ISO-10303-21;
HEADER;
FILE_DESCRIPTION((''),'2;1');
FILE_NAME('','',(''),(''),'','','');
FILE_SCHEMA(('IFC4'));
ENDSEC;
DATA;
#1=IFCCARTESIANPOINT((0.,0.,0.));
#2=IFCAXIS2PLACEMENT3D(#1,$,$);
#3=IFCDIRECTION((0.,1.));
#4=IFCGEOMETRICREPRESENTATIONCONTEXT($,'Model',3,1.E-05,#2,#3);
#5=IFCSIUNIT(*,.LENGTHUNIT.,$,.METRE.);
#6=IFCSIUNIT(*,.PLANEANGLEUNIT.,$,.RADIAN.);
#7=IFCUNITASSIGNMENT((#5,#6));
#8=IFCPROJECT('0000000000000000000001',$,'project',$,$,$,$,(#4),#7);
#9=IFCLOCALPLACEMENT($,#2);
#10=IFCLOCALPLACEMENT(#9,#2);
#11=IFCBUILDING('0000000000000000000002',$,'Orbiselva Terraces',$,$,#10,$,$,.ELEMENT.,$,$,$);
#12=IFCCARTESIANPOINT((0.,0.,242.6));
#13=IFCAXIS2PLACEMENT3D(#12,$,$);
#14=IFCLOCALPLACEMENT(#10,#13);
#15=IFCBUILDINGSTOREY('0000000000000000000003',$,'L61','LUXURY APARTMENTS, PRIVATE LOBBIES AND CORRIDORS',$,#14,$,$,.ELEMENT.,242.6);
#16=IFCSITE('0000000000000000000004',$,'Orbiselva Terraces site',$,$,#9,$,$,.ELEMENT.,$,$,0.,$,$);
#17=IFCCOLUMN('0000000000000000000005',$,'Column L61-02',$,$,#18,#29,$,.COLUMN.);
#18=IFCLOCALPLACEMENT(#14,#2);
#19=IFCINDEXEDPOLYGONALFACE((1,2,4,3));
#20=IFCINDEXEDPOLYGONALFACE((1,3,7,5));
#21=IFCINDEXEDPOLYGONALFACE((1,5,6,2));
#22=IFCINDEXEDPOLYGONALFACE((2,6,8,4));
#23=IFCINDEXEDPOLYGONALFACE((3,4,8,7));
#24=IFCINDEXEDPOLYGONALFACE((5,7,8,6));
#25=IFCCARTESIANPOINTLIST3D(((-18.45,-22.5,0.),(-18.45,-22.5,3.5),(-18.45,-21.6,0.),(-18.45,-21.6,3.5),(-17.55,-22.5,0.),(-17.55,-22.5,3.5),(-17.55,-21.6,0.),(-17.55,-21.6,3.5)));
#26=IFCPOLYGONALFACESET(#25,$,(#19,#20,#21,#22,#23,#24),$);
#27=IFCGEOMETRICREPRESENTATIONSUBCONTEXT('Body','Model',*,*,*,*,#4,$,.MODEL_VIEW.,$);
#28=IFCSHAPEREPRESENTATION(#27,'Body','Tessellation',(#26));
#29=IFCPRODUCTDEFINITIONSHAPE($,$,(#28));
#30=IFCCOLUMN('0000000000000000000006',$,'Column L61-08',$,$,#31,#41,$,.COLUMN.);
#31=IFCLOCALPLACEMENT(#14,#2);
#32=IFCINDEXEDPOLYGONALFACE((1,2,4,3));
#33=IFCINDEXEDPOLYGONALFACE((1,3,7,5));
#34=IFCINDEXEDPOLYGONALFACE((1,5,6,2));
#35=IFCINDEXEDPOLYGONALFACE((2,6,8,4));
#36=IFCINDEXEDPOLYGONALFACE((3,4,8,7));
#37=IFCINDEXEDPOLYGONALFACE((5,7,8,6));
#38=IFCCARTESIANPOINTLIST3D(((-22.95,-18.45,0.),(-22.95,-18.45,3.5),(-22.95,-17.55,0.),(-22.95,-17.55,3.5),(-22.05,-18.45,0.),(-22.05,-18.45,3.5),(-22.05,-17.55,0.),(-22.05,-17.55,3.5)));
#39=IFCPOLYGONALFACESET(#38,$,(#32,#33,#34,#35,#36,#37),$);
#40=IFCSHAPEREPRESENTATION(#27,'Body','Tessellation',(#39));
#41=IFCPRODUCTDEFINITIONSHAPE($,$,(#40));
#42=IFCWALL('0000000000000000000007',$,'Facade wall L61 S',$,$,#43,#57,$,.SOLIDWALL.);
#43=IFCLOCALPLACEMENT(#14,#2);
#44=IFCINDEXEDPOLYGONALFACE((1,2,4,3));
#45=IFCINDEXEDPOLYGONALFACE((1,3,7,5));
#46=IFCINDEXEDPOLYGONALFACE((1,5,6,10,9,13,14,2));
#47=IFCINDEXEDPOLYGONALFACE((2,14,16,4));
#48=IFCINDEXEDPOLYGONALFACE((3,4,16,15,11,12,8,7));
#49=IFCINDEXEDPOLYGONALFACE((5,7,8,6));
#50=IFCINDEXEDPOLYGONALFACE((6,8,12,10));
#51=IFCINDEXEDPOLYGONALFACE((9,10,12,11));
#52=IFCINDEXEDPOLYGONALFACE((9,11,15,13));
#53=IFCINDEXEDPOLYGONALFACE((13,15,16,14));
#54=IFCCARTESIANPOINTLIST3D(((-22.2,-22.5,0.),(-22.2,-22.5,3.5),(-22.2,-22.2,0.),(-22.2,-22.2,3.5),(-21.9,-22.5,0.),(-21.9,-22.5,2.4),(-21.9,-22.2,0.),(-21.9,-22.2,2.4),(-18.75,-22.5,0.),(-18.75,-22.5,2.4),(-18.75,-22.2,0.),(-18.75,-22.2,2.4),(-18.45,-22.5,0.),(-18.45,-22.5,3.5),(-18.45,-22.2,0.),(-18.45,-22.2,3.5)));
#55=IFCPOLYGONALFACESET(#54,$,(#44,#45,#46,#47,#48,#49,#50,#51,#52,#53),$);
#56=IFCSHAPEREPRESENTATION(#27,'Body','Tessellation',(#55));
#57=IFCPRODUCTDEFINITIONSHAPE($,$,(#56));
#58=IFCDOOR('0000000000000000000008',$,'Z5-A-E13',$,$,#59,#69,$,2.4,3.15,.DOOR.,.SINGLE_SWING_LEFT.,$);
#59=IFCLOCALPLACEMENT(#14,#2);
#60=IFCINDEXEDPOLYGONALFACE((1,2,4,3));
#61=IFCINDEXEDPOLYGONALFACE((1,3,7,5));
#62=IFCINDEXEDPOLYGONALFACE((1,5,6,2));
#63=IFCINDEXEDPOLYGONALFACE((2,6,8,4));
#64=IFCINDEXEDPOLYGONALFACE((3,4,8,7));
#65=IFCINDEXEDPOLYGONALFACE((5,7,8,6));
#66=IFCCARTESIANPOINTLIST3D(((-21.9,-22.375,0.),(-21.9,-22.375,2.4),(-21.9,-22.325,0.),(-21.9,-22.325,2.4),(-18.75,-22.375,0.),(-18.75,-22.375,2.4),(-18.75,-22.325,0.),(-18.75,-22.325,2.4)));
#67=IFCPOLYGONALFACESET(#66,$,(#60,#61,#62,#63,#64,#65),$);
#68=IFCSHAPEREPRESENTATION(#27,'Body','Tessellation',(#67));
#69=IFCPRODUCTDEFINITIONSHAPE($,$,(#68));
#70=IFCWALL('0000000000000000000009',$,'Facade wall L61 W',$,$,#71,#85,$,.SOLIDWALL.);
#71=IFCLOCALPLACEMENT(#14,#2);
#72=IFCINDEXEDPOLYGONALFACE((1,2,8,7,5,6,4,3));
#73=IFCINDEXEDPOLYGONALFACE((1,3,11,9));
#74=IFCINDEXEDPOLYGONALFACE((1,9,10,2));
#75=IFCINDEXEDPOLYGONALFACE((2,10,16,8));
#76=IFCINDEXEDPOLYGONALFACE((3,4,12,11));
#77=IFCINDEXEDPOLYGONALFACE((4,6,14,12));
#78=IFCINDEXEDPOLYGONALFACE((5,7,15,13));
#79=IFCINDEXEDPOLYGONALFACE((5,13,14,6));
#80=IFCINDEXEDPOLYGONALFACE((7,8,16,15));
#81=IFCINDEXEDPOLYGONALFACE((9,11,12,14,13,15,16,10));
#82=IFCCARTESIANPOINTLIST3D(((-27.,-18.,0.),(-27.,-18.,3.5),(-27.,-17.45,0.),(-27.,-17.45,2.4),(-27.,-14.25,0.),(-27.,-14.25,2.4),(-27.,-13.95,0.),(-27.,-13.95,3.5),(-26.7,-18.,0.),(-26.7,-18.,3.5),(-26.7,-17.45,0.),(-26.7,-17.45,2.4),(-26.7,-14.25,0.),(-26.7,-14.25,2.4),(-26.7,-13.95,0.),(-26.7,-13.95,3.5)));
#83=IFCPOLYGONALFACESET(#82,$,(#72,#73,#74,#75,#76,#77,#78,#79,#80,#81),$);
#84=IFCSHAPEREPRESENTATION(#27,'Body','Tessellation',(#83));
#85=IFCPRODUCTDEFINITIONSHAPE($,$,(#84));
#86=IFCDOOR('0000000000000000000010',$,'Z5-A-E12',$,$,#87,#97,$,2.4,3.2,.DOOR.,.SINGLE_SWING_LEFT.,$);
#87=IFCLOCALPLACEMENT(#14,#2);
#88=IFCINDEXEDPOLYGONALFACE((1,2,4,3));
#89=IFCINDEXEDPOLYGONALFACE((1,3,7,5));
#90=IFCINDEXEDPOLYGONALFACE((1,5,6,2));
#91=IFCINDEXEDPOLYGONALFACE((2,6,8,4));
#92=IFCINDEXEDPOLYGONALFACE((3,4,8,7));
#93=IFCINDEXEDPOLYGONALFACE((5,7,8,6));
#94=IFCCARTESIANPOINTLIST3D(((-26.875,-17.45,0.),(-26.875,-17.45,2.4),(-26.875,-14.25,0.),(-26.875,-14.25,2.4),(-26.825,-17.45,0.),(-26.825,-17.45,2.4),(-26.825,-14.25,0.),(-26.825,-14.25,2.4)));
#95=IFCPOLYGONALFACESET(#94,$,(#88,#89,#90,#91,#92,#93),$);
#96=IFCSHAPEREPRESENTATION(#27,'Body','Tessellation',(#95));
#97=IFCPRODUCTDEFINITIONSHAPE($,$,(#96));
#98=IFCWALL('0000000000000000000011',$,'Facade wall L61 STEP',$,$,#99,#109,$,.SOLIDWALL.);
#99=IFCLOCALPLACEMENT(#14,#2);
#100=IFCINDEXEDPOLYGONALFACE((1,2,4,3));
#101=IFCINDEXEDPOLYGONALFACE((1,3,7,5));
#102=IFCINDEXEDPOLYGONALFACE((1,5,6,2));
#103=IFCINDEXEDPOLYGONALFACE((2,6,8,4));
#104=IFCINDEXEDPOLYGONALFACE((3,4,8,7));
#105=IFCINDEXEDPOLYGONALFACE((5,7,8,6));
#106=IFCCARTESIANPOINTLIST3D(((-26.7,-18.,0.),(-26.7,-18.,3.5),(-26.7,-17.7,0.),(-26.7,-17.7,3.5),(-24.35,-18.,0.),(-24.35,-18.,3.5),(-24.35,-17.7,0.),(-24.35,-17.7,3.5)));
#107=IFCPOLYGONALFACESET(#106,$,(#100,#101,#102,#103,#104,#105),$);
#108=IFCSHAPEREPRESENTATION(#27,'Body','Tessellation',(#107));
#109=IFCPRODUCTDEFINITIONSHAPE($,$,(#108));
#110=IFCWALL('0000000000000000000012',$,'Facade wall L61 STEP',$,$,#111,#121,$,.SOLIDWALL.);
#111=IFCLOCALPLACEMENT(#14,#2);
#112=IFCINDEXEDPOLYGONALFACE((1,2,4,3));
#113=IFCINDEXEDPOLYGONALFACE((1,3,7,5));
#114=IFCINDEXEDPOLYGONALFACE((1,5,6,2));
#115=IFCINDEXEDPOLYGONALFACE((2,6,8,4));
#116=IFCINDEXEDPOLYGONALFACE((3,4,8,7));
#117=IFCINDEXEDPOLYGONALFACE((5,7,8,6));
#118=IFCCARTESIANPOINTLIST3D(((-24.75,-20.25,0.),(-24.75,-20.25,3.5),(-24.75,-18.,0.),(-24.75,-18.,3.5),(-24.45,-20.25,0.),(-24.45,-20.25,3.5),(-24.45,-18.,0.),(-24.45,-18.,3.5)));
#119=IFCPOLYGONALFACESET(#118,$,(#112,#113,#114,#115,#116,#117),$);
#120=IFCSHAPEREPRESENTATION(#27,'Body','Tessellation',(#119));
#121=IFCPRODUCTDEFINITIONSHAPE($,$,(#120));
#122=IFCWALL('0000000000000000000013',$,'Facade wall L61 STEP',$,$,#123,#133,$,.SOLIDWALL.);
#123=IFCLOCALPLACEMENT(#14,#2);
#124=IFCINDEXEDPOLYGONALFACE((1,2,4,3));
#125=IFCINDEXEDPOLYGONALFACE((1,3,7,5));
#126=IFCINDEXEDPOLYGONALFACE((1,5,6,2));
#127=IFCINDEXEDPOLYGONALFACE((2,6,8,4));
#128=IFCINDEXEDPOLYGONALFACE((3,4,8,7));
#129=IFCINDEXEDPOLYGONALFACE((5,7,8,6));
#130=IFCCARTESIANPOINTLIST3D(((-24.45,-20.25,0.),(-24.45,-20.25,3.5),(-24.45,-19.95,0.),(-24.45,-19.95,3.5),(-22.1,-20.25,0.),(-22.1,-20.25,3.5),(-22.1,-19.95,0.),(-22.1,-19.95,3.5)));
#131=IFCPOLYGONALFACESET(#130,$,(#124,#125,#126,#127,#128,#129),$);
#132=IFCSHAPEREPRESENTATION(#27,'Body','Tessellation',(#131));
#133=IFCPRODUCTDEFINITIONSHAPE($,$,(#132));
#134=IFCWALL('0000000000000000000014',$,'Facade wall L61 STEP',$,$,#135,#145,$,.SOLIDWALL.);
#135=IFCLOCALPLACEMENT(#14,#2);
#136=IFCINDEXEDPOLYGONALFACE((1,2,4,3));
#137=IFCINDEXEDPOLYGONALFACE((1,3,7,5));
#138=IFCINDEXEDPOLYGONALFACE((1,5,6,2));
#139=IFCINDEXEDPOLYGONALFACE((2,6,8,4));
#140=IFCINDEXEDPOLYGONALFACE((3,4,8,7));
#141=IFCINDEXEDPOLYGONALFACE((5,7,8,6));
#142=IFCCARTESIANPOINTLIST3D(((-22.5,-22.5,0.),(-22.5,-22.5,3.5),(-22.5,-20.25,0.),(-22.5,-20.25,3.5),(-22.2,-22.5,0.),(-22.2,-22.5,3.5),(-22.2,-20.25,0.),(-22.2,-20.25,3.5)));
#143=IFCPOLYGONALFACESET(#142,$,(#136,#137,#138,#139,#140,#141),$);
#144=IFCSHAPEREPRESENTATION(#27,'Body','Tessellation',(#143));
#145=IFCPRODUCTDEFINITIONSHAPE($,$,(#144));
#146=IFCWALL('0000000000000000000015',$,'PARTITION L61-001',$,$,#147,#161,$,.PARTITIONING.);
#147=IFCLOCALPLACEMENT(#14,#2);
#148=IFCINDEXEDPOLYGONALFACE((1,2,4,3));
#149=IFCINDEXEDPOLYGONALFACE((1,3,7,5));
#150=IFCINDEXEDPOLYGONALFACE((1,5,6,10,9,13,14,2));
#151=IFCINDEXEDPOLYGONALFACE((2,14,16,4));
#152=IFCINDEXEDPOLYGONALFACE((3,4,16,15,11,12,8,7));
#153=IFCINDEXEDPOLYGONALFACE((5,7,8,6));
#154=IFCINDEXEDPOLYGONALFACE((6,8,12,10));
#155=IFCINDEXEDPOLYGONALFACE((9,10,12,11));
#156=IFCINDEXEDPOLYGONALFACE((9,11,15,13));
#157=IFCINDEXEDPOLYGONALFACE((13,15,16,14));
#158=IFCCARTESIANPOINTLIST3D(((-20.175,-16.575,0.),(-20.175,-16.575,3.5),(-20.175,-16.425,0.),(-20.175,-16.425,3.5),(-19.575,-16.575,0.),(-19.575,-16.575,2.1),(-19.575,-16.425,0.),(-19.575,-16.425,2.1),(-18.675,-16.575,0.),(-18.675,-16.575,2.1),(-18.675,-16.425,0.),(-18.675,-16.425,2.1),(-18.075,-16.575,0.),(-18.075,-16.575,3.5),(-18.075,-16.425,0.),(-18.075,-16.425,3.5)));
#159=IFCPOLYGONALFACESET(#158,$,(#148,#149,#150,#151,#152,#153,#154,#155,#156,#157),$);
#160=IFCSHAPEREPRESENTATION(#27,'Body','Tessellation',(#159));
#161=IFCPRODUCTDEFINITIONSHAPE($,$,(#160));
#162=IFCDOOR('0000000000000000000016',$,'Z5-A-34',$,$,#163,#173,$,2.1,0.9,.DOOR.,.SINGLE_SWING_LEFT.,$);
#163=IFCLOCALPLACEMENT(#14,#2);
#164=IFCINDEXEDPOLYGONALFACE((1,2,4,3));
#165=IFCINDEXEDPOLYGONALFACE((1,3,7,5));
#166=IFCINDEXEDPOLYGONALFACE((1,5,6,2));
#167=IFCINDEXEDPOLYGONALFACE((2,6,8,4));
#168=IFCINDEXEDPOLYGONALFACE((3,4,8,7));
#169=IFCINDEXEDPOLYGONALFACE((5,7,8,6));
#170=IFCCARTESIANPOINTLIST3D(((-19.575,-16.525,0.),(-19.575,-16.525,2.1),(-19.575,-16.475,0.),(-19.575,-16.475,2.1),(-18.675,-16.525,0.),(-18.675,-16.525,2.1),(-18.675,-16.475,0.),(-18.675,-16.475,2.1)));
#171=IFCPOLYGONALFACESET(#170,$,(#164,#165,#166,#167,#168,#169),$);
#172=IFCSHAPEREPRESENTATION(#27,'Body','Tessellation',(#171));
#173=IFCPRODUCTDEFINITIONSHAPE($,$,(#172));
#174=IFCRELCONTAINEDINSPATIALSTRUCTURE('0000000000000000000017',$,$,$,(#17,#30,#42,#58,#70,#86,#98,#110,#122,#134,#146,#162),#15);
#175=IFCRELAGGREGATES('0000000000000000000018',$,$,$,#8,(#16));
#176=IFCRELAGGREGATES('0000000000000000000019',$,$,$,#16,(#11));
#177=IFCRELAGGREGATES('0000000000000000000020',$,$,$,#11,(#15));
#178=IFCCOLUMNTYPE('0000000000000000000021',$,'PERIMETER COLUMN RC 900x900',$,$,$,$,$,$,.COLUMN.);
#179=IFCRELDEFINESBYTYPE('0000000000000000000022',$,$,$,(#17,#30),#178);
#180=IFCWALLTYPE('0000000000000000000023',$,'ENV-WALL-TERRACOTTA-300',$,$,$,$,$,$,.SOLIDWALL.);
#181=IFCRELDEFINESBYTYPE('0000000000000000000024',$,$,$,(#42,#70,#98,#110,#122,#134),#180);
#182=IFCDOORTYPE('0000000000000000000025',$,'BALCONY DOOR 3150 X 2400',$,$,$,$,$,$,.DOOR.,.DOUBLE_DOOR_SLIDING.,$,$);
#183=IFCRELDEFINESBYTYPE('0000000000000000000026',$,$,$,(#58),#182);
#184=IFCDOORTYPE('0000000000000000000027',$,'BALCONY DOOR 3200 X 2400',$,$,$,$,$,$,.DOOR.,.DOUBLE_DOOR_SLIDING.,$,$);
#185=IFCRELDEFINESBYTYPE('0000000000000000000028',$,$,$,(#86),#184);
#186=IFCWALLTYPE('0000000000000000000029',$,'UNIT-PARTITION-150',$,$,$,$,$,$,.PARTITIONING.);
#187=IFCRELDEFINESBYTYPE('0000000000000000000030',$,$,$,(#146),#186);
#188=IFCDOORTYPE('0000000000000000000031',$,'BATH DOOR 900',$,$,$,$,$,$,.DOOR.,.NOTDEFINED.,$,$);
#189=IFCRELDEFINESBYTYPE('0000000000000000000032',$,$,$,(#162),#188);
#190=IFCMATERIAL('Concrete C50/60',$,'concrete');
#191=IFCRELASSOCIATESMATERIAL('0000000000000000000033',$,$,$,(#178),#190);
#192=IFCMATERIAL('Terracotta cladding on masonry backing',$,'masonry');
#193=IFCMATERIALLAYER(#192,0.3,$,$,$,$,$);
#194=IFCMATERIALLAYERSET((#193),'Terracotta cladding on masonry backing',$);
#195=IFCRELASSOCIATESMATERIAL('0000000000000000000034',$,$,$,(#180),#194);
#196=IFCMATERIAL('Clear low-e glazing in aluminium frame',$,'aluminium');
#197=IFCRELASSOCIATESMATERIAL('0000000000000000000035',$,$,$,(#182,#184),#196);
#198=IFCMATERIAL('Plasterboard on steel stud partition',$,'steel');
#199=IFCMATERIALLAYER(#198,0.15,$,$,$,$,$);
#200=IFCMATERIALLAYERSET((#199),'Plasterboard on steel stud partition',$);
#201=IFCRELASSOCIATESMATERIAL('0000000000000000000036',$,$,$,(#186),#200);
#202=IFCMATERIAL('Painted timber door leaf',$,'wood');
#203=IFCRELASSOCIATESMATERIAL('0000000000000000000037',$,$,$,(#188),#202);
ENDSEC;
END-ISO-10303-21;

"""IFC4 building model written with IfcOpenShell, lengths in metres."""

from ifc_helpers import new_model, si_unit, direction, frame, frame_2d, origin, origin_2d, place, context, subcontext, project, spatial, rectangle, extrude, material, layer, layer_set, material_profile, profile_set, type_object, element, fill, save


model = new_model("IFC4")

# Units and contexts
model_context = context("Model", 3, precision=1e-05, world=origin(), true_north=direction((0.0, 1.0)))
body_context = subcontext(model_context, "Body", "Model", "MODEL_VIEW")
ifc_project = project(units=[si_unit("LENGTHUNIT", "METRE"), si_unit("PLANEANGLEUNIT", "RADIAN")], contexts=[model_context])

# Site, building, storey
site_placement = place(None, origin())
site = spatial("IfcSite", under=ifc_project, at=site_placement, Name="Orbiselva Terraces site", CompositionType="ELEMENT", RefElevation=0.0)
building_placement = place(site_placement, origin())
building = spatial("IfcBuilding", under=site, at=building_placement, Name="Orbiselva Terraces", CompositionType="ELEMENT")
storey_placement = place(building_placement, frame((0.0, 0.0, 242.6)))
storey = spatial("IfcBuildingStorey", under=building, at=storey_placement, Name="L61", Description="LUXURY APARTMENTS, PRIVATE LOBBIES AND CORRIDORS", CompositionType="ELEMENT", Elevation=242.6)

# Columns
ifc_material_1 = material(Name="Concrete C50/60", Category="concrete")
ifc_material_profile = material_profile(ifc_material_1, rectangle(XDim=0.9, YDim=0.9, at=origin_2d()), Name="RC 900x900")
ifc_profile_set = profile_set([ifc_material_profile], Name="Concrete C50/60")
column_type = type_object("IfcColumnType", Name="PERIMETER COLUMN RC 900x900", PredefinedType="COLUMN", material=ifc_profile_set)
for number, where, z_axis, x_axis, name in (
    (1, (-18.0, -22.05, 0.0), (0.0, 0.0, 1.0), (1.0, 0.0, 0.0), "Column L61-02"),
    (2, (-22.5, -18.0, 0.0), (0.0, 0.0, 1.0), (1.0, 0.0, 0.0), "Column L61-08"),
):
    element("IfcColumn", number, at=place(storey_placement, frame(where, z_axis=z_axis, x_axis=x_axis)), inside=storey, type_object=column_type, Name=name, PredefinedType="COLUMN", context=body_context, shape_type="SweptSolid", body=[
        extrude(rectangle(XDim=0.9, YDim=0.9, at=origin_2d()), origin(), (0.0, 0.0, 1.0), 3.5),
    ])

# Walls, openings, doors
ifc_material_2 = material(Name="Terracotta cladding on masonry backing", Category="masonry")
ifc_layer_1 = layer(ifc_material_2, 0.3)
ifc_layer_set_1 = layer_set([ifc_layer_1], Name="Terracotta cladding on masonry backing")
wall_type_1 = type_object("IfcWallType", Name="ENV-WALL-TERRACOTTA-300", PredefinedType="SOLIDWALL", material=ifc_layer_set_1)
wall_1_placement = place(storey_placement, frame((-18.45, -22.35, 0.0), z_axis=(0.0, 0.0, 1.0), x_axis=(-1.0, 0.0, 0.0)))
wall_1 = element("IfcWall", 3, at=wall_1_placement, inside=storey, type_object=wall_type_1, Name="Facade wall L61 S", PredefinedType="SOLIDWALL", context=body_context, shape_type="SweptSolid", body=[
    extrude(rectangle(XDim=3.75, YDim=0.3, at=frame_2d((1.875, 0.0))), origin(), (0.0, 0.0, 1.0), 3.5),
])
opening_1_placement = place(wall_1_placement, frame((0.3, 0.0, 0.0)))
opening_1 = element("IfcOpeningElement", 4, at=opening_1_placement, cuts=wall_1, PredefinedType="OPENING", context=body_context, shape_type="SweptSolid", body=[
    extrude(rectangle(XDim=3.15, YDim=2.4, at=frame_2d((1.575, 1.2))), frame((0.0, 0.16, 0.0), z_axis=(0.0, -1.0, 0.0), x_axis=(1.0, 0.0, 0.0)), (0.0, 0.0, 1.0), 0.32),
])
ifc_material_3 = material(Name="Clear low-e glazing in aluminium frame", Category="aluminium")
door_type_1 = type_object("IfcDoorType", Name="BALCONY DOOR 3150 X 2400", OperationType="DOUBLE_DOOR_SLIDING", PredefinedType="DOOR", material=ifc_material_3)
door_1_placement = place(opening_1_placement, origin())
door_1 = element("IfcDoor", 5, at=door_1_placement, inside=storey, type_object=door_type_1, Name="Z5-A-E13", OperationType="SINGLE_SWING_LEFT", OverallHeight=2.4, OverallWidth=3.15, PredefinedType="DOOR", context=body_context, shape_type="SweptSolid", body=[
    extrude(rectangle(XDim=3.15, YDim=2.4, at=frame_2d((1.575, 1.2))), frame((0.0, 0.025, 0.0), z_axis=(0.0, -1.0, 0.0), x_axis=(1.0, 0.0, 0.0)), (0.0, 0.0, 1.0), 0.05),
])
fill(opening_1, door_1)
wall_2_placement = place(storey_placement, frame((-26.85, -18.0, 0.0), z_axis=(0.0, 0.0, 1.0), x_axis=(0.0, 1.0, 0.0)))
wall_2 = element("IfcWall", 6, at=wall_2_placement, inside=storey, type_object=wall_type_1, Name="Facade wall L61 W", PredefinedType="SOLIDWALL", context=body_context, shape_type="SweptSolid", body=[
    extrude(rectangle(XDim=4.05, YDim=0.3, at=frame_2d((2.025, 0.0))), origin(), (0.0, 0.0, 1.0), 3.5),
])
opening_2_placement = place(wall_2_placement, frame((0.55, 0.0, 0.0)))
opening_2 = element("IfcOpeningElement", 7, at=opening_2_placement, cuts=wall_2, PredefinedType="OPENING", context=body_context, shape_type="SweptSolid", body=[
    extrude(rectangle(XDim=3.2, YDim=2.4, at=frame_2d((1.6, 1.2))), frame((0.0, 0.16, 0.0), z_axis=(0.0, -1.0, 0.0), x_axis=(1.0, 0.0, 0.0)), (0.0, 0.0, 1.0), 0.32),
])
door_type_2 = type_object("IfcDoorType", Name="BALCONY DOOR 3200 X 2400", OperationType="DOUBLE_DOOR_SLIDING", PredefinedType="DOOR", material=ifc_material_3)
door_2_placement = place(opening_2_placement, origin())
door_2 = element("IfcDoor", 8, at=door_2_placement, inside=storey, type_object=door_type_2, Name="Z5-A-E12", OperationType="SINGLE_SWING_LEFT", OverallHeight=2.4, OverallWidth=3.2, PredefinedType="DOOR", context=body_context, shape_type="SweptSolid", body=[
    extrude(rectangle(XDim=3.2, YDim=2.4, at=frame_2d((1.6, 1.2))), frame((0.0, 0.025, 0.0), z_axis=(0.0, -1.0, 0.0), x_axis=(1.0, 0.0, 0.0)), (0.0, 0.0, 1.0), 0.05),
])
fill(opening_2, door_2)

# Walls
wall_3_placement = place(storey_placement, frame((-24.35, -17.85, 0.0), z_axis=(0.0, 0.0, 1.0), x_axis=(-1.0, 0.0, 0.0)))
element("IfcWall", 9, at=wall_3_placement, inside=storey, type_object=wall_type_1, Name="Facade wall L61 STEP", PredefinedType="SOLIDWALL", context=body_context, shape_type="SweptSolid", body=[
    extrude(rectangle(XDim=2.35, YDim=0.3, at=frame_2d((1.175, 0.0))), origin(), (0.0, 0.0, 1.0), 3.5),
])
wall_4_placement = place(storey_placement, frame((-24.6, -20.25, 0.0), z_axis=(0.0, 0.0, 1.0), x_axis=(0.0, 1.0, 0.0)))
element("IfcWall", 10, at=wall_4_placement, inside=storey, type_object=wall_type_1, Name="Facade wall L61 STEP", PredefinedType="SOLIDWALL", context=body_context, shape_type="SweptSolid", body=[
    extrude(rectangle(XDim=2.25, YDim=0.3, at=frame_2d((1.125, 0.0))), origin(), (0.0, 0.0, 1.0), 3.5),
])
wall_5_placement = place(storey_placement, frame((-22.1, -20.1, 0.0), z_axis=(0.0, 0.0, 1.0), x_axis=(-1.0, 0.0, 0.0)))
element("IfcWall", 11, at=wall_5_placement, inside=storey, type_object=wall_type_1, Name="Facade wall L61 STEP", PredefinedType="SOLIDWALL", context=body_context, shape_type="SweptSolid", body=[
    extrude(rectangle(XDim=2.35, YDim=0.3, at=frame_2d((1.175, 0.0))), origin(), (0.0, 0.0, 1.0), 3.5),
])
wall_6_placement = place(storey_placement, frame((-22.35, -22.5, 0.0), z_axis=(0.0, 0.0, 1.0), x_axis=(0.0, 1.0, 0.0)))
element("IfcWall", 12, at=wall_6_placement, inside=storey, type_object=wall_type_1, Name="Facade wall L61 STEP", PredefinedType="SOLIDWALL", context=body_context, shape_type="SweptSolid", body=[
    extrude(rectangle(XDim=2.25, YDim=0.3, at=frame_2d((1.125, 0.0))), origin(), (0.0, 0.0, 1.0), 3.5),
])

# Wall, opening, door
ifc_material_4 = material(Name="Plasterboard on steel stud partition", Category="steel")
ifc_layer_2 = layer(ifc_material_4, 0.15)
ifc_layer_set_2 = layer_set([ifc_layer_2], Name="Plasterboard on steel stud partition")
wall_type_2 = type_object("IfcWallType", Name="UNIT-PARTITION-150", PredefinedType="PARTITIONING", material=ifc_layer_set_2)
wall_7_placement = place(storey_placement, frame((-20.175, -16.5, 0.0), z_axis=(0.0, 0.0, 1.0), x_axis=(1.0, 0.0, 0.0)))
wall_7 = element("IfcWall", 13, at=wall_7_placement, inside=storey, type_object=wall_type_2, Name="PARTITION L61-001", PredefinedType="PARTITIONING", context=body_context, shape_type="SweptSolid", body=[
    extrude(rectangle(XDim=2.1, YDim=0.15, at=frame_2d((1.05, 0.0))), origin(), (0.0, 0.0, 1.0), 3.5),
])
opening_3_placement = place(wall_7_placement, frame((0.6, 0.0, 0.0)))
opening_3 = element("IfcOpeningElement", 14, at=opening_3_placement, cuts=wall_7, PredefinedType="OPENING", context=body_context, shape_type="SweptSolid", body=[
    extrude(rectangle(XDim=0.9, YDim=2.1, at=frame_2d((0.45, 1.05))), frame((0.0, 0.085, 0.0), z_axis=(0.0, -1.0, 0.0), x_axis=(1.0, 0.0, 0.0)), (0.0, 0.0, 1.0), 0.17),
])
ifc_material_5 = material(Name="Painted timber door leaf", Category="wood")
door_type_3 = type_object("IfcDoorType", Name="BATH DOOR 900", OperationType="NOTDEFINED", PredefinedType="DOOR", material=ifc_material_5)
door_3_placement = place(opening_3_placement, origin())
door_3 = element("IfcDoor", 15, at=door_3_placement, inside=storey, type_object=door_type_3, Name="Z5-A-34", OperationType="SINGLE_SWING_LEFT", OverallHeight=2.1, OverallWidth=0.9, PredefinedType="DOOR", context=body_context, shape_type="SweptSolid", body=[
    extrude(rectangle(XDim=0.9, YDim=2.1, at=frame_2d((0.45, 1.05))), frame((0.0, 0.025, 0.0), z_axis=(0.0, -1.0, 0.0), x_axis=(1.0, 0.0, 0.0)), (0.0, 0.0, 1.0), 0.05),
])
fill(opening_3, door_3)

save(model, "model.ifc")
